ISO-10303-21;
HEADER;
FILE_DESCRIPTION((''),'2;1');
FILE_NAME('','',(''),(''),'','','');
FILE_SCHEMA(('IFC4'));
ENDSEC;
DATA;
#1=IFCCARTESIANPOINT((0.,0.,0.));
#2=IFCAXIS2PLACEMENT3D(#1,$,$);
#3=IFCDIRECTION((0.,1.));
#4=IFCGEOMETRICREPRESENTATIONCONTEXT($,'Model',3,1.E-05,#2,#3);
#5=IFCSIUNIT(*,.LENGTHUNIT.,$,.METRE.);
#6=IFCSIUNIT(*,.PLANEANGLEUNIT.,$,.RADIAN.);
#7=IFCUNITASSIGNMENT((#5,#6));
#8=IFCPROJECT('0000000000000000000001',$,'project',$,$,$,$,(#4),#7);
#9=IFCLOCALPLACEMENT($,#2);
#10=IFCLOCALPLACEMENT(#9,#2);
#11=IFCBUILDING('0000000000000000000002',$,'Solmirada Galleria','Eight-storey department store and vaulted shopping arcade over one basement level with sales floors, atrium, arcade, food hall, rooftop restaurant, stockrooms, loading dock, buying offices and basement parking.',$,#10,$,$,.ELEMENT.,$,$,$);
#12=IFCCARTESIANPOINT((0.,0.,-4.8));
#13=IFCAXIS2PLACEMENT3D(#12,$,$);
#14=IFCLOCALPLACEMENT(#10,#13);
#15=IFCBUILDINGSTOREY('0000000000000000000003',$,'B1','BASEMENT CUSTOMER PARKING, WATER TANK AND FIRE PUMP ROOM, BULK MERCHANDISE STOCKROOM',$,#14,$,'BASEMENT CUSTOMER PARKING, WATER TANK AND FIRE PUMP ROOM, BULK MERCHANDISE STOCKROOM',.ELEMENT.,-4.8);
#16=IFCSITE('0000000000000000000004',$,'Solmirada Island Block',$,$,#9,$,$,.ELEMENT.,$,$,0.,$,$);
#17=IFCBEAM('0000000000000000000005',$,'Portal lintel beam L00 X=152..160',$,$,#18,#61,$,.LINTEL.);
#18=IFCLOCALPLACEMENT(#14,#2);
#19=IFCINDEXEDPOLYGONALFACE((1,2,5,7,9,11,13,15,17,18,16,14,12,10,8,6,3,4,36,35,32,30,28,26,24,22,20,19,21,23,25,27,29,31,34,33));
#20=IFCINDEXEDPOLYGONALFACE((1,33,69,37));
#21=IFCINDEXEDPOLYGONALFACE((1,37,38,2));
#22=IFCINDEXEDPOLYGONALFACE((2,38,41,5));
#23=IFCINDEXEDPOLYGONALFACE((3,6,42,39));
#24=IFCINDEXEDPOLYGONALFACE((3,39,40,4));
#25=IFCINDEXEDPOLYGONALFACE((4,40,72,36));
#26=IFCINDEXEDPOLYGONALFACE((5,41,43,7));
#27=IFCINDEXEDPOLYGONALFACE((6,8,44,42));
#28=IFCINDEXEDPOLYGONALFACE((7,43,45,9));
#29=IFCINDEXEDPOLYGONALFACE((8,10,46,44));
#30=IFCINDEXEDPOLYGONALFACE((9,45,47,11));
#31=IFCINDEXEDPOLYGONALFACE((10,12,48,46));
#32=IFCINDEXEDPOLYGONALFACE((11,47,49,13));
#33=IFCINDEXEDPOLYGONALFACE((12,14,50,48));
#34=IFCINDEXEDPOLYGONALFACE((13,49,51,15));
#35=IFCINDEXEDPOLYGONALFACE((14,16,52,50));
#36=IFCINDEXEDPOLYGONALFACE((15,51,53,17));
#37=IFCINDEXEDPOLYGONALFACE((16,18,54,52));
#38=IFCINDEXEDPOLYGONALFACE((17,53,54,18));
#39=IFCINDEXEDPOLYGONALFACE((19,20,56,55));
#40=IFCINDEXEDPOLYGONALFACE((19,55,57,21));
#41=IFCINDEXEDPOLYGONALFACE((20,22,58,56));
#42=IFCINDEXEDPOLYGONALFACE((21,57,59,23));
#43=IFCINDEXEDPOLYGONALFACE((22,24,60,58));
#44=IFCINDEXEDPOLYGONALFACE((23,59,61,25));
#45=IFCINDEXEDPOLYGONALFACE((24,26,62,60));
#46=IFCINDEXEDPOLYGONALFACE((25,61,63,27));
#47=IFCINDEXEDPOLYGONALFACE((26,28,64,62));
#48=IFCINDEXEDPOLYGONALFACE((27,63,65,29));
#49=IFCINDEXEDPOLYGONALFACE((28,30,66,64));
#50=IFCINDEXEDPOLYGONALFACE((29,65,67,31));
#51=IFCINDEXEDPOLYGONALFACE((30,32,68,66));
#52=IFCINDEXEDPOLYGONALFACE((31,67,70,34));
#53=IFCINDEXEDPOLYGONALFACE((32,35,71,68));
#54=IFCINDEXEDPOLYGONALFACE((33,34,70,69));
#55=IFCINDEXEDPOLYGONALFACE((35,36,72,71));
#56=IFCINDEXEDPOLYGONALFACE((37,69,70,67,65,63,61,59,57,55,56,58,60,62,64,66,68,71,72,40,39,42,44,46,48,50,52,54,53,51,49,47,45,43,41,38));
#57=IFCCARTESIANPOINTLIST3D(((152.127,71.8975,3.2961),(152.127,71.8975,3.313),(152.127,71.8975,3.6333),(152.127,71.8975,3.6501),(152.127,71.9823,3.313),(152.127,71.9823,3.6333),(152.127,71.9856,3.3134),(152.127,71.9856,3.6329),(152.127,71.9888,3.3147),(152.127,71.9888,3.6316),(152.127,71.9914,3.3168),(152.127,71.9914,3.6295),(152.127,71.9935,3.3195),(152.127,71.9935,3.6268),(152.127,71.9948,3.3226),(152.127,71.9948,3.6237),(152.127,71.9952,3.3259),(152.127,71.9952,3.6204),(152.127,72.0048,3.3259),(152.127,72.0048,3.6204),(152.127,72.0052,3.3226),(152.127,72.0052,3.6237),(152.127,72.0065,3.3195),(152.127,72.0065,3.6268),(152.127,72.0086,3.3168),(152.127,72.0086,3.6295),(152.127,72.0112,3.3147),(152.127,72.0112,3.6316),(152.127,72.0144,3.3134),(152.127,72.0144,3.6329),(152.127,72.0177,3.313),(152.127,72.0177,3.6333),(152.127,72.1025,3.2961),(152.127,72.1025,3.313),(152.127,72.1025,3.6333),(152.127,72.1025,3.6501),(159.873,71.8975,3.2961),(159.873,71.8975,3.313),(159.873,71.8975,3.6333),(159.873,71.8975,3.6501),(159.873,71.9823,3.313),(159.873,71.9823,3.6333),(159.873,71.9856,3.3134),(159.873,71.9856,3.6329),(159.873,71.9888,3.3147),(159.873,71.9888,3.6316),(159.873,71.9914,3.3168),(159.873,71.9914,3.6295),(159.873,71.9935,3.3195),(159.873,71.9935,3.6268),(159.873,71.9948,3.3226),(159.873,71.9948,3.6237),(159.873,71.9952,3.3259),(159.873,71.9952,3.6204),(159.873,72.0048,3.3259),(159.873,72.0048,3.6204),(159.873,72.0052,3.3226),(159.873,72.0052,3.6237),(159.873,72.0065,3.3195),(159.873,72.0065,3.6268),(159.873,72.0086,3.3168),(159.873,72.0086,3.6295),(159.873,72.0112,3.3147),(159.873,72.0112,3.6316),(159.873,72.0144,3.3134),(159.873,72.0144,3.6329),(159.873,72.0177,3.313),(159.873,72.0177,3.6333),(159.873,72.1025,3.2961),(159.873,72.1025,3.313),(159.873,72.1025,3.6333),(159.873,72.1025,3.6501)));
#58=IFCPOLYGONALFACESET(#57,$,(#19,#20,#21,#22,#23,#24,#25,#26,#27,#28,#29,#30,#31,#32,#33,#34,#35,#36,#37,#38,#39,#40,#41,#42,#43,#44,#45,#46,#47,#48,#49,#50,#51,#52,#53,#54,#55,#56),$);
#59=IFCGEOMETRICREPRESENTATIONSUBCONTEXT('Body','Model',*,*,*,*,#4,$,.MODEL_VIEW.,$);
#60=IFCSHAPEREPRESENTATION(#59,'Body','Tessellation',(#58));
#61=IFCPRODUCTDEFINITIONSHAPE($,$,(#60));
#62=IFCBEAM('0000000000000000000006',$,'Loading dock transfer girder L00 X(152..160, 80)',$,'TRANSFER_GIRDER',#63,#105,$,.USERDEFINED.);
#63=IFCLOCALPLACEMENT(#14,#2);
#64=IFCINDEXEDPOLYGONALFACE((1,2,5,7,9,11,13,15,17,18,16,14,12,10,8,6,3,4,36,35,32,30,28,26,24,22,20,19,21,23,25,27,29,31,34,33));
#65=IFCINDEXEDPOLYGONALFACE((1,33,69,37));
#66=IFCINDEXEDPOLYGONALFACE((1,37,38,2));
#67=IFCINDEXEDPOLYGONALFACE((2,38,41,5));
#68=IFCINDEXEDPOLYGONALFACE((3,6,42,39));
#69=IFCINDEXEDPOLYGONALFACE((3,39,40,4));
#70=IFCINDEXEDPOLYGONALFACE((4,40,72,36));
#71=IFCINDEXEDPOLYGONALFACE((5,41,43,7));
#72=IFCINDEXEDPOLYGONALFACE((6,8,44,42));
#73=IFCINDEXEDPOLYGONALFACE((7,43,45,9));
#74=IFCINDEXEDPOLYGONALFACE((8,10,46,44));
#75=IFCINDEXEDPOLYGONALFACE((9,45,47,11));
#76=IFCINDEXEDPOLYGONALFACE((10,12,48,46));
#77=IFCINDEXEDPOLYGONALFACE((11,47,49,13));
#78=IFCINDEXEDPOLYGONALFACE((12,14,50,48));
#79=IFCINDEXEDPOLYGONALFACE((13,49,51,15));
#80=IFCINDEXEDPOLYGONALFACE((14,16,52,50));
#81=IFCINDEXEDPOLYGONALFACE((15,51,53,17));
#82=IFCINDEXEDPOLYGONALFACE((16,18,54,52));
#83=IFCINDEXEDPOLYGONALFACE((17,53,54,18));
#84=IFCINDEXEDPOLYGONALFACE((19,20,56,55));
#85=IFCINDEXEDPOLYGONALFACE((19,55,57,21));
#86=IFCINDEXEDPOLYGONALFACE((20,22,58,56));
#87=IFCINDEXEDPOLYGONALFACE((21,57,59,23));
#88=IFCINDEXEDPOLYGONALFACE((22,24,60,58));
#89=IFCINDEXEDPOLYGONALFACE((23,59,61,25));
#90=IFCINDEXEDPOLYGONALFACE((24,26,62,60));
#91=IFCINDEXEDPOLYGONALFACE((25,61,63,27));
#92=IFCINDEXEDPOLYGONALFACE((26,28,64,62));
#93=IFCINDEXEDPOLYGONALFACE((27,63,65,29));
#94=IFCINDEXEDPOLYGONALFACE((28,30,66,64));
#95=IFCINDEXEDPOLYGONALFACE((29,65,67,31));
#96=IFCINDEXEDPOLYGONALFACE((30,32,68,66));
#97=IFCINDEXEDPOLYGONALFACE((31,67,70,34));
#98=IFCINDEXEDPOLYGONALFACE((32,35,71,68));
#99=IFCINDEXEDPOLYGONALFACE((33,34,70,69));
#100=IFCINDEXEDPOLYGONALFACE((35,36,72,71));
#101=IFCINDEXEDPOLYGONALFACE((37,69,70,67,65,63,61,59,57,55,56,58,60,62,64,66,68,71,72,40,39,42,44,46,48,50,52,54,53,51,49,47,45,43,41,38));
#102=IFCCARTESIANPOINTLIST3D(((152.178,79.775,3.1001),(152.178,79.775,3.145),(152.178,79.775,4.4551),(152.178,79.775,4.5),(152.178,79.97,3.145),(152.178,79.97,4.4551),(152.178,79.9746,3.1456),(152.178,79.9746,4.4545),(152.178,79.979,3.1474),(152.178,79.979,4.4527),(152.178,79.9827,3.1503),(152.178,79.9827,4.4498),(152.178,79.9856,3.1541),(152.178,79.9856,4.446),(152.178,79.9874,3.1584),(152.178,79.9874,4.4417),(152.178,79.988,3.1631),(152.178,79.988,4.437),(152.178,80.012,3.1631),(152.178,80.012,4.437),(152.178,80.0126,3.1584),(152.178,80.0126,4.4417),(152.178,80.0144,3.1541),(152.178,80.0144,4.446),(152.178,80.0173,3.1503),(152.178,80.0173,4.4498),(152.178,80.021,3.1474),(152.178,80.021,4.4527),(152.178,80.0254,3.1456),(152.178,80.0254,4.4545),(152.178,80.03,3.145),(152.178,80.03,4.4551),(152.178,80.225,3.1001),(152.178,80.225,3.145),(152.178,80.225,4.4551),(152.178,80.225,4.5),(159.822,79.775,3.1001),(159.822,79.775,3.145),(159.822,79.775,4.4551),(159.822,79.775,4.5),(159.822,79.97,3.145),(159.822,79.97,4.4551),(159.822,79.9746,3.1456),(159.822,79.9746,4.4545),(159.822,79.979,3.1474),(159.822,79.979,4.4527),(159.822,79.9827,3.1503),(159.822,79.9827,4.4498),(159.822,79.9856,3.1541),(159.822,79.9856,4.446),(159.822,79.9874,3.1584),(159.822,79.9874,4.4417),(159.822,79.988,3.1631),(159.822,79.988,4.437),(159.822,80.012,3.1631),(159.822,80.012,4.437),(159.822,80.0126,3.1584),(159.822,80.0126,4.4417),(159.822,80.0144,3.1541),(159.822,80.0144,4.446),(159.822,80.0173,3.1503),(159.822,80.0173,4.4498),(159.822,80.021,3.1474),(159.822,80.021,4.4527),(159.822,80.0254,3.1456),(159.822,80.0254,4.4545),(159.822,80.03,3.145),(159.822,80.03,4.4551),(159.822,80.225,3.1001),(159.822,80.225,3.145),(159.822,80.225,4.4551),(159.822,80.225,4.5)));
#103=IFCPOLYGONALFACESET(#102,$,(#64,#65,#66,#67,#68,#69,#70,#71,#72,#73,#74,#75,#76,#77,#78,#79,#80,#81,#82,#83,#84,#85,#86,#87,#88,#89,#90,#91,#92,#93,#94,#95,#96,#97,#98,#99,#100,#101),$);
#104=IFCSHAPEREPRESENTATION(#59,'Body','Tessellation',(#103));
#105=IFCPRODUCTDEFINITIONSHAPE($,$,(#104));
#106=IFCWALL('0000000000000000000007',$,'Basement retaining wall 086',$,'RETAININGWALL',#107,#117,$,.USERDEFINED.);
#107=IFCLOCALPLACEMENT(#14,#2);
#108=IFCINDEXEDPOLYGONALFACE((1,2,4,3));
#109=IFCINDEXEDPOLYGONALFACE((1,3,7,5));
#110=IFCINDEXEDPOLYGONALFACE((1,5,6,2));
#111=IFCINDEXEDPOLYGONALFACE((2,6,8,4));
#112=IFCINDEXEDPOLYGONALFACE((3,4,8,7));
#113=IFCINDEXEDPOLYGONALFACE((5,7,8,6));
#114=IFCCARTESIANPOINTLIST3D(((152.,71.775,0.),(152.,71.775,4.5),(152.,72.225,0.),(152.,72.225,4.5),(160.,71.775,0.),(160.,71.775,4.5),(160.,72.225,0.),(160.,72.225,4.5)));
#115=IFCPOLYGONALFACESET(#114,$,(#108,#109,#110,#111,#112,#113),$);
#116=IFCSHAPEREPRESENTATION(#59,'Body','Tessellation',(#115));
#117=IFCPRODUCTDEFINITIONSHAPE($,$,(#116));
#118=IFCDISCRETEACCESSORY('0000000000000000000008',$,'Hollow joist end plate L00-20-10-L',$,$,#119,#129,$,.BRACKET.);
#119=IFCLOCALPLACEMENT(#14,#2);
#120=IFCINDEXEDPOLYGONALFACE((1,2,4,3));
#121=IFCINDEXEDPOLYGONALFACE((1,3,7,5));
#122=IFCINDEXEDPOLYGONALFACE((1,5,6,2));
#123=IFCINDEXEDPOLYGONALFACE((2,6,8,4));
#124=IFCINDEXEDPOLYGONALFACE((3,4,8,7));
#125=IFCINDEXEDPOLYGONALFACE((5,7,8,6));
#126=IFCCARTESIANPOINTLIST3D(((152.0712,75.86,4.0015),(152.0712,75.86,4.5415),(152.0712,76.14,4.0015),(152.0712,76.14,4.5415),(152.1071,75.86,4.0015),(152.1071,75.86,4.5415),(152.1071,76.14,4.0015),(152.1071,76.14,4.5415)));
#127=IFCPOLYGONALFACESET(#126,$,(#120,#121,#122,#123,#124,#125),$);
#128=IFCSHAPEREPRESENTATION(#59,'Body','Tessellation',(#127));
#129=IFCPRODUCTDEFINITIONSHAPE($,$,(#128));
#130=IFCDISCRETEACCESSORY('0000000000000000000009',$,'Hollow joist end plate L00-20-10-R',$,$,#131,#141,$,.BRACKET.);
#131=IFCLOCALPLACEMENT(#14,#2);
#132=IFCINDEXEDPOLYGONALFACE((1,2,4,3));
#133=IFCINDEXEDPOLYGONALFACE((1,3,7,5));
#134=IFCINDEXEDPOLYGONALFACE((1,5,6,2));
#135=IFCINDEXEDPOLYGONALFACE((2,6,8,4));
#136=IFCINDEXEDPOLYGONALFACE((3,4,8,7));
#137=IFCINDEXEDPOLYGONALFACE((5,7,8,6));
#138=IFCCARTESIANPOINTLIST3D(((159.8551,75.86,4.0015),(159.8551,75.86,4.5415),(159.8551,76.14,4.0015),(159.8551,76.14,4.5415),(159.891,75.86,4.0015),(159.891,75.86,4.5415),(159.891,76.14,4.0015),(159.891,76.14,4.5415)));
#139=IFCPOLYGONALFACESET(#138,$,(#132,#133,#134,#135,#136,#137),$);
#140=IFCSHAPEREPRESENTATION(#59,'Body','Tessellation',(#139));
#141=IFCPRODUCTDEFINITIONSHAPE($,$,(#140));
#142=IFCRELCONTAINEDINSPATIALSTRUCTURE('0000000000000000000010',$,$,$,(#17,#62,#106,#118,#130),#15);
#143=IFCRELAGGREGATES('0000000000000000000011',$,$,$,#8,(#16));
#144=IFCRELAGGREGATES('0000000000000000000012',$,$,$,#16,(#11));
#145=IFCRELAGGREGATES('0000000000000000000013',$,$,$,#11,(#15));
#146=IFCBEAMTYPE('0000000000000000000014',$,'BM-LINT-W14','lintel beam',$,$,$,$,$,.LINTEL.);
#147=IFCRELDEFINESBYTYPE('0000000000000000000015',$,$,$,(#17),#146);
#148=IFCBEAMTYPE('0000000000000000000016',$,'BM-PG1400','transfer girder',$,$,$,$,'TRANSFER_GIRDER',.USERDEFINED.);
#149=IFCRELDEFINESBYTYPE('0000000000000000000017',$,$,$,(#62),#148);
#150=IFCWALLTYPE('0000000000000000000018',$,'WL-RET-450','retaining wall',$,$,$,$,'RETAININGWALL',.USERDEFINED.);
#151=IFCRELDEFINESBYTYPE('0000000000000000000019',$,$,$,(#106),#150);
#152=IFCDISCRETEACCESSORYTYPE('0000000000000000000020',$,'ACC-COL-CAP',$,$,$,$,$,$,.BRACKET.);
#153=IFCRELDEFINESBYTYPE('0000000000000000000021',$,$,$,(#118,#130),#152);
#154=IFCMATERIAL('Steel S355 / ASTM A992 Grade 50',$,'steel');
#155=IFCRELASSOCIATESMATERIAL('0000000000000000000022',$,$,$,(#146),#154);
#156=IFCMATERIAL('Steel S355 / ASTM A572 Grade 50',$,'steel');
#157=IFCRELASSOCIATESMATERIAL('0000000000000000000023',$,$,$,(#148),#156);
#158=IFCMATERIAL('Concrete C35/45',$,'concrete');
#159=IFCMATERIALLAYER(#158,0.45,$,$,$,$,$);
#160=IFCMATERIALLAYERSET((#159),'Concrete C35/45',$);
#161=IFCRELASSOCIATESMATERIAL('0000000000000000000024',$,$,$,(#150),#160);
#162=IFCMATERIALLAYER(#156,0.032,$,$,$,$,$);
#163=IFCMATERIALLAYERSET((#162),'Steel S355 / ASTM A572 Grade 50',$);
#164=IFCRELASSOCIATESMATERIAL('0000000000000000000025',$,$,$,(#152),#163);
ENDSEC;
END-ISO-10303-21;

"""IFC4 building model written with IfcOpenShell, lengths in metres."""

from ifc_helpers import new_model, si_unit, direction, frame, frame_2d, origin, origin_2d, place, context, subcontext, project, spatial, rectangle, i_section, extrude, material, layer, layer_set, material_profile, profile_set, type_object, element, save


model = new_model("IFC4")

# Units and contexts
model_context = context("Model", 3, precision=1e-05, world=origin(), true_north=direction((0.0, 1.0)))
body_context = subcontext(model_context, "Body", "Model", "MODEL_VIEW")
ifc_project = project(units=[si_unit("LENGTHUNIT", "METRE"), si_unit("PLANEANGLEUNIT", "RADIAN")], contexts=[model_context])

# Site, building, storey
site_placement = place(None, origin())
site = spatial("IfcSite", under=ifc_project, at=site_placement, Name="Solmirada Island Block", CompositionType="ELEMENT", RefElevation=0.0)
building_placement = place(site_placement, origin())
building = spatial("IfcBuilding", under=site, at=building_placement, Name="Solmirada Galleria", Description="Eight-storey department store and vaulted shopping arcade over one basement level with sales floors, atrium, arcade, food hall, rooftop restaurant, stockrooms, loading dock, buying offices and basement parking.", CompositionType="ELEMENT")
storey_placement = place(building_placement, frame((0.0, 0.0, -4.8)))
storey = spatial("IfcBuildingStorey", under=building, at=storey_placement, Name="B1", Description="BASEMENT CUSTOMER PARKING, WATER TANK AND FIRE PUMP ROOM, BULK MERCHANDISE STOCKROOM", LongName="BASEMENT CUSTOMER PARKING, WATER TANK AND FIRE PUMP ROOM, BULK MERCHANDISE STOCKROOM", CompositionType="ELEMENT", Elevation=-4.8)

# Shared definitions
ifc_material_1 = material(Name="Concrete C35/45", Category="concrete")

# Beams
ifc_material_2 = material(Name="Steel S355 / ASTM A992 Grade 50", Category="steel")
ifc_material_profile_1 = material_profile(ifc_material_2, i_section(OverallWidth=0.2051, OverallDepth=0.354, WebThickness=0.0095, FlangeThickness=0.0168, FilletRadius=0.0129, at=origin_2d()), Name="W14X53")
ifc_profile_set_1 = profile_set([ifc_material_profile_1], Name="Steel S355 / ASTM A992 Grade 50")
beam_type_1 = type_object("IfcBeamType", Name="BM-LINT-W14", Description="lintel beam", PredefinedType="LINTEL", material=ifc_profile_set_1)
beam_1_placement = place(storey_placement, frame((152.127, 72.0, 3.4731), z_axis=(1.0, 0.0, 0.0), x_axis=(0.0, 1.0, 0.0)))
element("IfcBeam", 1, at=beam_1_placement, inside=storey, type_object=beam_type_1, Name="Portal lintel beam L00 X=152..160", PredefinedType="LINTEL", context=body_context, shape_type="SweptSolid", body=[
    extrude(i_section(OverallWidth=0.2051, OverallDepth=0.354, WebThickness=0.0095, FlangeThickness=0.0168, FilletRadius=0.0129, at=origin_2d()), origin(), (0.0, 0.0, 1.0), 7.7461),
])
ifc_material_3 = material(Name="Steel S355 / ASTM A572 Grade 50", Category="steel")
ifc_material_profile_2 = material_profile(ifc_material_3, i_section(OverallWidth=0.45, OverallDepth=1.3999, WebThickness=0.0239, FlangeThickness=0.0449, FilletRadius=0.0181, at=origin_2d()), Name="PG1400X450")
ifc_profile_set_2 = profile_set([ifc_material_profile_2], Name="Steel S355 / ASTM A572 Grade 50")
beam_type_2 = type_object("IfcBeamType", Name="BM-PG1400", Description="transfer girder", ElementType="TRANSFER_GIRDER", PredefinedType="USERDEFINED", material=ifc_profile_set_2)
beam_2_placement = place(storey_placement, frame((152.178, 80.0, 3.8), z_axis=(1.0, 0.0, 0.0), x_axis=(0.0, 1.0, 0.0)))
element("IfcBeam", 2, at=beam_2_placement, inside=storey, type_object=beam_type_2, Name="Loading dock transfer girder L00 X(152..160, 80)", ObjectType="TRANSFER_GIRDER", PredefinedType="USERDEFINED", context=body_context, shape_type="SweptSolid", body=[
    extrude(i_section(OverallWidth=0.45, OverallDepth=1.3999, WebThickness=0.0239, FlangeThickness=0.0449, FilletRadius=0.0181, at=origin_2d()), origin(), (0.0, 0.0, 1.0), 7.644),
])

# Wall
ifc_layer_1 = layer(ifc_material_1, 0.45)
ifc_layer_set_1 = layer_set([ifc_layer_1], Name="Concrete C35/45")
wall_type = type_object("IfcWallType", Name="WL-RET-450", Description="retaining wall", ElementType="RETAININGWALL", PredefinedType="USERDEFINED", material=ifc_layer_set_1)
wall_placement = place(storey_placement, frame((160.0, 72.0, 0.0), z_axis=(0.0, 0.0, 1.0), x_axis=(-1.0, 0.0, 0.0)))
element("IfcWall", 3, at=wall_placement, inside=storey, type_object=wall_type, Name="Basement retaining wall 086", ObjectType="RETAININGWALL", PredefinedType="USERDEFINED", context=body_context, shape_type="SweptSolid", body=[
    extrude(rectangle(XDim=8.0, YDim=0.45, at=frame_2d((4.0, 0.0))), origin(), (0.0, 0.0, 1.0), 4.5),
])

# Discrete accessories
ifc_layer_2 = layer(ifc_material_3, 0.032)
ifc_layer_set_2 = layer_set([ifc_layer_2], Name="Steel S355 / ASTM A572 Grade 50")
discrete_accessory_type = type_object("IfcDiscreteAccessoryType", Name="ACC-COL-CAP", PredefinedType="BRACKET", material=ifc_layer_set_2)
for number, where, z_axis, x_axis, name in (
    (4, (152.0891, 76.0, 4.0015), (0.0, 0.0, 1.0), (1.0, 0.0, 0.0), "Hollow joist end plate L00-20-10-L"),
    (5, (159.873, 76.0, 4.0015), (0.0, 0.0, 1.0), (1.0, 0.0, 0.0), "Hollow joist end plate L00-20-10-R"),
):
    element("IfcDiscreteAccessory", number, at=place(storey_placement, frame(where, z_axis=z_axis, x_axis=x_axis)), inside=storey, type_object=discrete_accessory_type, Name=name, PredefinedType="BRACKET", context=body_context, shape_type="SweptSolid", body=[
        extrude(rectangle(XDim=0.0359, YDim=0.28, at=origin_2d()), origin(), (0.0, 0.0, 1.0), 0.54),
    ])

save(model, "model.ifc")
